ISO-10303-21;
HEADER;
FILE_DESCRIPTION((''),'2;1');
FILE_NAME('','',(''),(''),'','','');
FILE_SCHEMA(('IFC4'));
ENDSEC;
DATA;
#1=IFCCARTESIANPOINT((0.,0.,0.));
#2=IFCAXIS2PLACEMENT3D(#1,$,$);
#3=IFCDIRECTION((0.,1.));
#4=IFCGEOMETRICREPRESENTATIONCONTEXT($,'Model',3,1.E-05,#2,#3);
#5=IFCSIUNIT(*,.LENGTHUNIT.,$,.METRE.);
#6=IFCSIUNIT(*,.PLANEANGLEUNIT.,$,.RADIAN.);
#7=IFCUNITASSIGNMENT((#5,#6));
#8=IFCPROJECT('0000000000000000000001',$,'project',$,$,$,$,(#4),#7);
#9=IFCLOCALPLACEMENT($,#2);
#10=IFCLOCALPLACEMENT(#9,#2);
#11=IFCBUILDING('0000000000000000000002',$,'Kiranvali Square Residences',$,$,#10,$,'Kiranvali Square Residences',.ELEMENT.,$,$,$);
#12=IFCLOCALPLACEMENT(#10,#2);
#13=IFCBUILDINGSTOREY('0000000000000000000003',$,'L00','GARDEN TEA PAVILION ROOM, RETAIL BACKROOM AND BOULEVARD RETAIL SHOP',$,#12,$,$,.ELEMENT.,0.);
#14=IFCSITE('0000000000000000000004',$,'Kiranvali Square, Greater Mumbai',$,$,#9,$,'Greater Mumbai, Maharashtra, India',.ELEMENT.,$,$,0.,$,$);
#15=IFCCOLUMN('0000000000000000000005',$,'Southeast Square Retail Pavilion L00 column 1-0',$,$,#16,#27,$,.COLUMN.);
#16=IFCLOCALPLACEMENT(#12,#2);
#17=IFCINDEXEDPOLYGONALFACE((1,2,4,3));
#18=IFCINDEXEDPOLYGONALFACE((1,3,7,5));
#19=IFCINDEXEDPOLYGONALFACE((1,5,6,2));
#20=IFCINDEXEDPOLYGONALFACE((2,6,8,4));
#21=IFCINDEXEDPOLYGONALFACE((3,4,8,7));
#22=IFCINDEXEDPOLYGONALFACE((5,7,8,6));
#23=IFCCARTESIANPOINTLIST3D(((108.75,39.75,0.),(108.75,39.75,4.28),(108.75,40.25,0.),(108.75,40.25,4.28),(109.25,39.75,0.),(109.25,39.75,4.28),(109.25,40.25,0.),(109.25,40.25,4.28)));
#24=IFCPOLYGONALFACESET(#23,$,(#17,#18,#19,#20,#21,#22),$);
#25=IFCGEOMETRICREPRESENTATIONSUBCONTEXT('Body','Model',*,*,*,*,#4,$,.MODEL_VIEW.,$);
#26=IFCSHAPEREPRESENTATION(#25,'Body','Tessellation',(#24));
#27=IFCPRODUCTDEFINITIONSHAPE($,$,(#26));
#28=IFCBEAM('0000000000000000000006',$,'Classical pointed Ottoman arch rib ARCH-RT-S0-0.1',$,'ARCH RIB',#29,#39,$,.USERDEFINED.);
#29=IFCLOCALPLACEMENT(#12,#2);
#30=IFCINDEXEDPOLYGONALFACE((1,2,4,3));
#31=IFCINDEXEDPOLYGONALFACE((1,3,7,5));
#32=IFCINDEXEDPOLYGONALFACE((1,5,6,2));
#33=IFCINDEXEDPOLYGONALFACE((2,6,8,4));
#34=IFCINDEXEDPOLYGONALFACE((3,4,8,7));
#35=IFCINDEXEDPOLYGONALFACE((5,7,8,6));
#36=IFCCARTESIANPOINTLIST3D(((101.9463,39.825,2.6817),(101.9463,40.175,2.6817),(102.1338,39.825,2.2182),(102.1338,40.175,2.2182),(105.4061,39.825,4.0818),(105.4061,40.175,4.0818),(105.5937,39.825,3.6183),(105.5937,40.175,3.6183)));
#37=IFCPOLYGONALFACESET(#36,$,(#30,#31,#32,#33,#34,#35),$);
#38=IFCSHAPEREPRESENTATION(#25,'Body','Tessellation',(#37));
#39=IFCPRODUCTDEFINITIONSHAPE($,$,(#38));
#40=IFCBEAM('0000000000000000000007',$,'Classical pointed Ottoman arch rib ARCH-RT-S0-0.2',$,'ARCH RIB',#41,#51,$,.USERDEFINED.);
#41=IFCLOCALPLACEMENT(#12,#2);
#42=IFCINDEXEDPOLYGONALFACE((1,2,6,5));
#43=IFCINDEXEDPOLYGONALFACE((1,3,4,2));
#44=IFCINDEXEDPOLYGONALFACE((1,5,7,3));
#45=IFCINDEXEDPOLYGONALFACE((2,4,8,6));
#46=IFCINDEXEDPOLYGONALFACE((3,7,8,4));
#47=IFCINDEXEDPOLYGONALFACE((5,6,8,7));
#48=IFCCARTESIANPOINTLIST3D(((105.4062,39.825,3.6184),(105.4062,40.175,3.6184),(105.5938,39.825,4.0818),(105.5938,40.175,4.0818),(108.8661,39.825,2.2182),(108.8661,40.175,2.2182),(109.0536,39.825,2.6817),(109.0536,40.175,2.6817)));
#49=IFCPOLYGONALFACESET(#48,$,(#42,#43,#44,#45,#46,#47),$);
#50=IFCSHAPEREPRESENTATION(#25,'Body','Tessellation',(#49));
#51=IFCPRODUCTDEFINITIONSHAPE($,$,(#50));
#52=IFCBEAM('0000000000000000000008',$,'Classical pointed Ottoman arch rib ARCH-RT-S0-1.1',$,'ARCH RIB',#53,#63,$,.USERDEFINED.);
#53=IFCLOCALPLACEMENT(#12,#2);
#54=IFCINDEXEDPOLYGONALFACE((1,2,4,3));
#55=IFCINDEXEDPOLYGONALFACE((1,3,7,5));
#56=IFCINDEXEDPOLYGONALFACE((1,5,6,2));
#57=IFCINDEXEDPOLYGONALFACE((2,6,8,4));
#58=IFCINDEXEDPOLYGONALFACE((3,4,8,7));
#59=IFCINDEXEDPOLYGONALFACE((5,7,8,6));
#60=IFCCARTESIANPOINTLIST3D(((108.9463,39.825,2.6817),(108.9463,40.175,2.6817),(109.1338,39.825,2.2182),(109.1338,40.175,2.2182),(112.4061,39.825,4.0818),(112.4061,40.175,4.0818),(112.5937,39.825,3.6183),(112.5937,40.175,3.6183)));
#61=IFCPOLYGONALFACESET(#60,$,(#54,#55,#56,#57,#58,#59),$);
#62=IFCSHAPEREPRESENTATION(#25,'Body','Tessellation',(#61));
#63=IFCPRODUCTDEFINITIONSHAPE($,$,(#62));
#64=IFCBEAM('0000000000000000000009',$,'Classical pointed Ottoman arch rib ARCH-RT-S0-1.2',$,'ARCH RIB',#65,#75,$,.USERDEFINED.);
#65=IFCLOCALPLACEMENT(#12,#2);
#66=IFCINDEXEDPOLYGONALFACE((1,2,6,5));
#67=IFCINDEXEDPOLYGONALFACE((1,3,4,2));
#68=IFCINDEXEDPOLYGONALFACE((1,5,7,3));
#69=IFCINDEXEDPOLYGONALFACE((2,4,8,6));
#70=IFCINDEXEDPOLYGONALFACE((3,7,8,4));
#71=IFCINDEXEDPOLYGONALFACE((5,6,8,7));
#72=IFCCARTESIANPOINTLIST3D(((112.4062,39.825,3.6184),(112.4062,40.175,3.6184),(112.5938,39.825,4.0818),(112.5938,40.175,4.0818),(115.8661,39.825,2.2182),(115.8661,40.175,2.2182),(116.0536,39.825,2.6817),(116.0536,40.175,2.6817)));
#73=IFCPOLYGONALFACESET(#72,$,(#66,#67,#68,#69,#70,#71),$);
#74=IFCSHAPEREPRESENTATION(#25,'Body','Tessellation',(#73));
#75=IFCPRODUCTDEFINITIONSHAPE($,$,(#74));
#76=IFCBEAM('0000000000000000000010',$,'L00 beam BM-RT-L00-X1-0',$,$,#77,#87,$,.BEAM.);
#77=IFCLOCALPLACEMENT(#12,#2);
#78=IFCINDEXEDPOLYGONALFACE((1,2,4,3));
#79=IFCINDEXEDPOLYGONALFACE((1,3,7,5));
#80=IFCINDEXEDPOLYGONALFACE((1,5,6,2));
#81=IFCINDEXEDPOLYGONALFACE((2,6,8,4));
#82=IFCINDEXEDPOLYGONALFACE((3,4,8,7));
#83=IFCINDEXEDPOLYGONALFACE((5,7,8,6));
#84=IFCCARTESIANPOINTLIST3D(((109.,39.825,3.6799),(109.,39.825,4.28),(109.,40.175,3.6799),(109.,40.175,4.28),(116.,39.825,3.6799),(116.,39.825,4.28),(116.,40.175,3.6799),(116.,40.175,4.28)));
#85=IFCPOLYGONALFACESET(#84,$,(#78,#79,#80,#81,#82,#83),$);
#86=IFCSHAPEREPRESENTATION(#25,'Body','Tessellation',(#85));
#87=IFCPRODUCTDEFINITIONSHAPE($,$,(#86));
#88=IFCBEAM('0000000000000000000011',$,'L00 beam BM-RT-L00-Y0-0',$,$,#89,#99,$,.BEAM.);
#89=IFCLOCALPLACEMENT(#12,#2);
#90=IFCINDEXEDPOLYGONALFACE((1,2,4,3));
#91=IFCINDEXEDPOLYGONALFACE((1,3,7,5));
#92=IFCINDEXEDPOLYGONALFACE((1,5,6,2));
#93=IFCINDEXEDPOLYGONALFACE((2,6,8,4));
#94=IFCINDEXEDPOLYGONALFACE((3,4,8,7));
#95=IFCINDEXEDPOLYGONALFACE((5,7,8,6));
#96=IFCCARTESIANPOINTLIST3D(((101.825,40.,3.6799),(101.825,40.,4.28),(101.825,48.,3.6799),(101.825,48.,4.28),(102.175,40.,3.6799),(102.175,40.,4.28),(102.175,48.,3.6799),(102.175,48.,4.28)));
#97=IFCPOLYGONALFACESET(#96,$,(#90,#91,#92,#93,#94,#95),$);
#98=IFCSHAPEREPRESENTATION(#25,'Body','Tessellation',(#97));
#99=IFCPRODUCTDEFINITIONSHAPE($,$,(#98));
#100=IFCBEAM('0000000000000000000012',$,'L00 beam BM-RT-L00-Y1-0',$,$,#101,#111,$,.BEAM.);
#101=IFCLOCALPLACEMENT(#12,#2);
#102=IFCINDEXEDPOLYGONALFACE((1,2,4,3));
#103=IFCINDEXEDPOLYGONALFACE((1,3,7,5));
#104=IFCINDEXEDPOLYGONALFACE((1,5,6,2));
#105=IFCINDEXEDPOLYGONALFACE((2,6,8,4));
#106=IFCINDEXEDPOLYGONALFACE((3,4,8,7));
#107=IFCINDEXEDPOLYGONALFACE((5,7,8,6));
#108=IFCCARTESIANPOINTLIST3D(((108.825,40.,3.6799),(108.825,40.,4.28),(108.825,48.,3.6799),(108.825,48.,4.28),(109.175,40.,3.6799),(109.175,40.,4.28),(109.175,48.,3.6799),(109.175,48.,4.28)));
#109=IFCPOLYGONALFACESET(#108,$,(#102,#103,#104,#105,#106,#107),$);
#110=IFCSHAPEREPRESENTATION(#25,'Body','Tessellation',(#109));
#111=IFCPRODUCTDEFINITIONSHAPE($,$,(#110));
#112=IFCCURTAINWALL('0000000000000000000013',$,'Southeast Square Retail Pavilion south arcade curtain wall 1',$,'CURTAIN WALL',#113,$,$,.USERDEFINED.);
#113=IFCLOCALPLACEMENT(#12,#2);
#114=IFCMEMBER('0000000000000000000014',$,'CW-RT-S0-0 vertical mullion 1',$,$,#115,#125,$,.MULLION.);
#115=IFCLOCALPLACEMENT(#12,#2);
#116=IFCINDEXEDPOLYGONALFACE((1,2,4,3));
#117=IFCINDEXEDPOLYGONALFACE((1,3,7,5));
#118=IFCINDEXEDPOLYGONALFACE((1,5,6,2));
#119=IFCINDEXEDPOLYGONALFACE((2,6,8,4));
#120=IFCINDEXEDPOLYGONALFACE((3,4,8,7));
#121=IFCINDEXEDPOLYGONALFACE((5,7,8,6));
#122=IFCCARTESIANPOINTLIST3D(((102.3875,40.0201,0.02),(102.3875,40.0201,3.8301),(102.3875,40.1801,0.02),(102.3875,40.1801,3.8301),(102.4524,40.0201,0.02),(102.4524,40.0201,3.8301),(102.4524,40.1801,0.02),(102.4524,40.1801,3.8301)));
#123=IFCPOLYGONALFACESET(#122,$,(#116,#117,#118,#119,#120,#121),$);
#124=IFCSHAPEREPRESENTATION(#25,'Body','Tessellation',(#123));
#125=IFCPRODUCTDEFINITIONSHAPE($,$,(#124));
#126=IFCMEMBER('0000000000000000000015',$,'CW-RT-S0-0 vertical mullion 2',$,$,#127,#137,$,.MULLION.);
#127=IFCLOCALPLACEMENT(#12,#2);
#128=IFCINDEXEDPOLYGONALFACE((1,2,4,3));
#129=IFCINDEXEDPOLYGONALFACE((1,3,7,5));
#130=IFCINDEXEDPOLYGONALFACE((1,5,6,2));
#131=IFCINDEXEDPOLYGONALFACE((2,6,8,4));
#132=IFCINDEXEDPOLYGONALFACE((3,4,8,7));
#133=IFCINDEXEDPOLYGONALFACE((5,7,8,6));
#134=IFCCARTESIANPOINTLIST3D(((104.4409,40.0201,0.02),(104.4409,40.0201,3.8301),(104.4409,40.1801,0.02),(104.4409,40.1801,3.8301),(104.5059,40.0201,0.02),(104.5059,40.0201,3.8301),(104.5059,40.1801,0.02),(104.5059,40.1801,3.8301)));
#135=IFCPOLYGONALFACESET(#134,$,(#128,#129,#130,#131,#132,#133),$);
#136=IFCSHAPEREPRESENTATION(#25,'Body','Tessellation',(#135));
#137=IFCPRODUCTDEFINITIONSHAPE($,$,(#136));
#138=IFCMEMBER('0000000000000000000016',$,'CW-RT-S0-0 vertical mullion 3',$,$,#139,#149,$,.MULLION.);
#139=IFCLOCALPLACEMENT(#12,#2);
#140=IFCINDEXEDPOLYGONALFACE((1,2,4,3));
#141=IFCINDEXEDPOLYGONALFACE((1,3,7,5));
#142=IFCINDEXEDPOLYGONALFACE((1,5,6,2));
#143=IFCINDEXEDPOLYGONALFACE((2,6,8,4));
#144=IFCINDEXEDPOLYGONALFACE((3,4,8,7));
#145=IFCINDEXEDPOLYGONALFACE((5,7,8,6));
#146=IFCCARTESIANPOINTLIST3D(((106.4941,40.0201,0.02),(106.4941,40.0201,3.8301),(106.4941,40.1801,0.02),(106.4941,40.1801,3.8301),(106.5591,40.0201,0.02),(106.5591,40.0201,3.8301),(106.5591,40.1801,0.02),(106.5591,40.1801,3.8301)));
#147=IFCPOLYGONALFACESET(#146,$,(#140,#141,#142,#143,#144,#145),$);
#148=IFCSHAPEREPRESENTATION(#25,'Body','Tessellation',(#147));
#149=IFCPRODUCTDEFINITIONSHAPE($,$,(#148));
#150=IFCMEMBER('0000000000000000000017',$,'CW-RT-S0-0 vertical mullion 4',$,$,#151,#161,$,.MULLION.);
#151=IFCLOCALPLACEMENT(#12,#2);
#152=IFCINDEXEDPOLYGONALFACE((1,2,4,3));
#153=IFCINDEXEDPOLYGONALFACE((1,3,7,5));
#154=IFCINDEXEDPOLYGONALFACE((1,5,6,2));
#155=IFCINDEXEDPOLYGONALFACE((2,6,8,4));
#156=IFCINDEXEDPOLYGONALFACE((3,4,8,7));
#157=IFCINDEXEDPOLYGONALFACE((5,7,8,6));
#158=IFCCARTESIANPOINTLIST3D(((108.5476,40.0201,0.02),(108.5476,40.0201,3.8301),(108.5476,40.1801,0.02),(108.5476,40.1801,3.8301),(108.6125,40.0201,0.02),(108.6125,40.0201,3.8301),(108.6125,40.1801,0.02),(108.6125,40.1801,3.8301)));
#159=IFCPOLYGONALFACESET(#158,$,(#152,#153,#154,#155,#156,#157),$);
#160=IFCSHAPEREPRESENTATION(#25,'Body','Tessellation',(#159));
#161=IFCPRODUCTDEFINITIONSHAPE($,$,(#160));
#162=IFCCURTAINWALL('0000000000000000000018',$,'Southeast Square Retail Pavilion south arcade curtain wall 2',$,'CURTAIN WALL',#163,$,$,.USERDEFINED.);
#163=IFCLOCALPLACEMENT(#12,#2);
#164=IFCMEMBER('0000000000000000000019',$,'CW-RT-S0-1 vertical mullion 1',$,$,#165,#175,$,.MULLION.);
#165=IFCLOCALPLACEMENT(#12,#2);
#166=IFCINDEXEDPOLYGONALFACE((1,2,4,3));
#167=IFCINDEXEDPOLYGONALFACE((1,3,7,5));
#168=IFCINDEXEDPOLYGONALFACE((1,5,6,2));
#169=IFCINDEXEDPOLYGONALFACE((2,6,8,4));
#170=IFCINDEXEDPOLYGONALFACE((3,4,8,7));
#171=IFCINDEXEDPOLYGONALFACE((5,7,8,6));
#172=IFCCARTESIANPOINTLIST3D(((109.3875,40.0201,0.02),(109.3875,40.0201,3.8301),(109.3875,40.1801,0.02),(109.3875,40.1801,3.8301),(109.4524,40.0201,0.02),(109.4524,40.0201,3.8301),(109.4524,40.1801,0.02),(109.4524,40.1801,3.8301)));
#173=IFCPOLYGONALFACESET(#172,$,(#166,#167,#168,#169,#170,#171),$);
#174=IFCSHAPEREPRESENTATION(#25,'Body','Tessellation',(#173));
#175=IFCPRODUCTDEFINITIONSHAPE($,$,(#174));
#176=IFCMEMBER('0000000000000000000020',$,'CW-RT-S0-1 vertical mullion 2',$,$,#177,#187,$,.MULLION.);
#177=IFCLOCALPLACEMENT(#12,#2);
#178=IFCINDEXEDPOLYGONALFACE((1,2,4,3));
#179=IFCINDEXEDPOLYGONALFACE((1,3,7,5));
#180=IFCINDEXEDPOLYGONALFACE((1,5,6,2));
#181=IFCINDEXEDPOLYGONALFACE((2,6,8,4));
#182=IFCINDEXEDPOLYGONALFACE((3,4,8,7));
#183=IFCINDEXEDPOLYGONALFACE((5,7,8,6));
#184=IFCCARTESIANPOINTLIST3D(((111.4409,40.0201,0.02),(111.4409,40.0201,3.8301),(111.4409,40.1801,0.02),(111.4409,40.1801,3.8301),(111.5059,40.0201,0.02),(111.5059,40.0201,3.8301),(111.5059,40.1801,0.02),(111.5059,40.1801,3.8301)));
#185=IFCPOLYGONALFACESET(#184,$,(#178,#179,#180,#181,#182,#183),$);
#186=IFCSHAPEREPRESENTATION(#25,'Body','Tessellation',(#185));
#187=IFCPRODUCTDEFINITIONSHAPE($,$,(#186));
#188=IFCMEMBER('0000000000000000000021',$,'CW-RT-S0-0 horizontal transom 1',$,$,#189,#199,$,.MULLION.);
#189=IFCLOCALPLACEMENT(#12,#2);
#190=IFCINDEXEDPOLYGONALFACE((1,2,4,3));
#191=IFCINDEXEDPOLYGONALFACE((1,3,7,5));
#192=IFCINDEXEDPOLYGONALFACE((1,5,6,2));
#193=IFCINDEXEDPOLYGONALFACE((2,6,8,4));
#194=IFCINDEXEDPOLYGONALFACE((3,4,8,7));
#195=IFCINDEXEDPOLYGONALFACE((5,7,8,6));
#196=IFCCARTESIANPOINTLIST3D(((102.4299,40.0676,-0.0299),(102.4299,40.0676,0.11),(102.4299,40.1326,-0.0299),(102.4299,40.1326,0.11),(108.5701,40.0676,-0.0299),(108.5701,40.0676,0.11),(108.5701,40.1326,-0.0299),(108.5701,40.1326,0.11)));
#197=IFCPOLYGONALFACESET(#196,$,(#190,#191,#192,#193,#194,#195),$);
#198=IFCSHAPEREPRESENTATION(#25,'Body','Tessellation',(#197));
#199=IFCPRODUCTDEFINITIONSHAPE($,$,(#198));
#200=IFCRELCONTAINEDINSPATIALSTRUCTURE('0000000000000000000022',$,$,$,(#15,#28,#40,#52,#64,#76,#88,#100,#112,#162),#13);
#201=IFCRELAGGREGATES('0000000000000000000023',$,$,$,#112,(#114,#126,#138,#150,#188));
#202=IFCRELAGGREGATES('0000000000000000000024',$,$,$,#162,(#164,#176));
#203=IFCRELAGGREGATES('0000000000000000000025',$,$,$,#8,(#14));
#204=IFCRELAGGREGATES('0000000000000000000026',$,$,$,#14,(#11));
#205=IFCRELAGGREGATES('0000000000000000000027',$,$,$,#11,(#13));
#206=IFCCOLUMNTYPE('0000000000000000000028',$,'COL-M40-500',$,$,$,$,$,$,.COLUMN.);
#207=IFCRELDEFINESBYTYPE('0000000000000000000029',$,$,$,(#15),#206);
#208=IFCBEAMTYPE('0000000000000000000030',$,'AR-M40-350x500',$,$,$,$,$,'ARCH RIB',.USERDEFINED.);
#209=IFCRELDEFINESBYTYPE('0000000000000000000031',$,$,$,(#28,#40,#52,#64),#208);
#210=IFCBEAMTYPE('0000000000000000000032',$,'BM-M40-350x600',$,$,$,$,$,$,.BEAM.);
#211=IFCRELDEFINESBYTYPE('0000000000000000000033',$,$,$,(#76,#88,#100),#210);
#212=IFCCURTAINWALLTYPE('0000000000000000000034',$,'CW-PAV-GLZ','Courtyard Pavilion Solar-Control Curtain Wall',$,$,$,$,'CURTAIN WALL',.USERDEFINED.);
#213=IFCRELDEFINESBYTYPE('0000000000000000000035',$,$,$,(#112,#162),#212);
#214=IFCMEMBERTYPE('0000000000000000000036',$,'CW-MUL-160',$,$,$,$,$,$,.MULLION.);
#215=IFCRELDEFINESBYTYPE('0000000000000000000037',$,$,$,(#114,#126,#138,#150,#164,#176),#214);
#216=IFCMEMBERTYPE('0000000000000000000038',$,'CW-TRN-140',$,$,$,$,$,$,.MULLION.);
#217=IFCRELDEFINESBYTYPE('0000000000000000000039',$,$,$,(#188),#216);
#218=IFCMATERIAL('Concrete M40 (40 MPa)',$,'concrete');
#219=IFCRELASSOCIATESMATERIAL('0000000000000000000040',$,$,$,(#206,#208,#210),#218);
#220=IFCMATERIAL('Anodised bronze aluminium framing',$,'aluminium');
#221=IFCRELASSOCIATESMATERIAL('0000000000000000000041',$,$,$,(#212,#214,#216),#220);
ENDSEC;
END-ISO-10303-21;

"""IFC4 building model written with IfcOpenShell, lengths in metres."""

from ifc_helpers import new_model, si_unit, direction, frame, origin, origin_2d, place, context, subcontext, project, spatial, rectangle, extrude, material, material_profile, profile_set, type_object, element, aggregate, save


model = new_model("IFC4")

# Units and contexts
model_context = context("Model", 3, precision=1e-05, world=origin(), true_north=direction((0.0, 1.0)))
body_context = subcontext(model_context, "Body", "Model", "MODEL_VIEW")
ifc_project = project(units=[si_unit("LENGTHUNIT", "METRE"), si_unit("PLANEANGLEUNIT", "RADIAN")], contexts=[model_context])

# Site, building, storey
site_placement = place(None, origin())
site = spatial("IfcSite", under=ifc_project, at=site_placement, Name="Kiranvali Square, Greater Mumbai", LongName="Greater Mumbai, Maharashtra, India", CompositionType="ELEMENT", RefElevation=0.0)
building_placement = place(site_placement, origin())
building = spatial("IfcBuilding", under=site, at=building_placement, Name="Kiranvali Square Residences", LongName="Kiranvali Square Residences", CompositionType="ELEMENT")
storey_placement = place(building_placement, origin())
storey = spatial("IfcBuildingStorey", under=building, at=storey_placement, Name="L00", Description="GARDEN TEA PAVILION ROOM, RETAIL BACKROOM AND BOULEVARD RETAIL SHOP", CompositionType="ELEMENT", Elevation=0.0)

# Column
ifc_material_1 = material(Name="Concrete M40 (40 MPa)", Category="concrete")
ifc_material_profile_1 = material_profile(ifc_material_1, rectangle(XDim=0.5, YDim=0.5, at=origin_2d()), Name="RC 500x500")
ifc_profile_set_1 = profile_set([ifc_material_profile_1], Name="Concrete M40 (40 MPa)")
column_type = type_object("IfcColumnType", Name="COL-M40-500", PredefinedType="COLUMN", material=ifc_profile_set_1)
column_placement = place(storey_placement, frame((109.0, 40.0, 0.0), z_axis=(0.0, 0.0, 1.0), x_axis=(1.0, 0.0, 0.0)))
element("IfcColumn", 1, at=column_placement, inside=storey, type_object=column_type, Name="Southeast Square Retail Pavilion L00 column 1-0", PredefinedType="COLUMN", context=body_context, shape_type="SweptSolid", body=[
    extrude(rectangle(XDim=0.5, YDim=0.5, at=origin_2d()), origin(), (0.0, 0.0, 1.0), 4.28),
])

# Beams
ifc_material_profile_2 = material_profile(ifc_material_1, rectangle(XDim=0.3501, YDim=0.5, at=origin_2d()), Name="RC 350x500")
ifc_profile_set_2 = profile_set([ifc_material_profile_2], Name="Concrete M40 (40 MPa)")
beam_type_1 = type_object("IfcBeamType", Name="AR-M40-350x500", ElementType="ARCH RIB", PredefinedType="USERDEFINED", material=ifc_profile_set_2)
for number, where, z_axis, x_axis, name in (
    (2, (102.04, 40.0, 2.45), (0.926976, 0.0, 0.37512), (0.0, 1.0, 0.0), "Classical pointed Ottoman arch rib ARCH-RT-S0-0.1"),
    (3, (105.5, 40.0, 3.8501), (0.926976, 0.0, -0.37512), (0.0, 1.0, 0.0), "Classical pointed Ottoman arch rib ARCH-RT-S0-0.2"),
    (4, (109.04, 40.0, 2.45), (0.926976, 0.0, 0.37512), (0.0, 1.0, 0.0), "Classical pointed Ottoman arch rib ARCH-RT-S0-1.1"),
    (5, (112.5, 40.0, 3.8501), (0.926976, 0.0, -0.37512), (0.0, 1.0, 0.0), "Classical pointed Ottoman arch rib ARCH-RT-S0-1.2"),
):
    element("IfcBeam", number, at=place(storey_placement, frame(where, z_axis=z_axis, x_axis=x_axis)), inside=storey, type_object=beam_type_1, Name=name, ObjectType="ARCH RIB", PredefinedType="USERDEFINED", context=body_context, shape_type="SweptSolid", body=[
        extrude(rectangle(XDim=0.3501, YDim=0.5, at=origin_2d()), origin(), (0.0, 0.0, 1.0), 3.7324),
    ])
ifc_material_profile_3 = material_profile(ifc_material_1, rectangle(XDim=0.3501, YDim=0.6001, at=origin_2d()), Name="RC 350x600")
ifc_profile_set_3 = profile_set([ifc_material_profile_3], Name="Concrete M40 (40 MPa)")
beam_type_2 = type_object("IfcBeamType", Name="BM-M40-350x600", PredefinedType="BEAM", material=ifc_profile_set_3)
beam_placement = place(storey_placement, frame((109.0, 40.0, 3.98), z_axis=(1.0, 0.0, 0.0), x_axis=(0.0, 1.0, 0.0)))
element("IfcBeam", 6, at=beam_placement, inside=storey, type_object=beam_type_2, Name="L00 beam BM-RT-L00-X1-0", PredefinedType="BEAM", context=body_context, shape_type="SweptSolid", body=[
    extrude(rectangle(XDim=0.3501, YDim=0.6001, at=origin_2d()), origin(), (0.0, 0.0, 1.0), 7.0),
])
for number, where, z_axis, x_axis, name in (
    (7, (102.0, 40.0, 3.98), (0.0, 1.0, 0.0), (-1.0, 0.0, 0.0), "L00 beam BM-RT-L00-Y0-0"),
    (8, (109.0, 40.0, 3.98), (0.0, 1.0, 0.0), (-1.0, 0.0, 0.0), "L00 beam BM-RT-L00-Y1-0"),
):
    element("IfcBeam", number, at=place(storey_placement, frame(where, z_axis=z_axis, x_axis=x_axis)), inside=storey, type_object=beam_type_2, Name=name, PredefinedType="BEAM", context=body_context, shape_type="SweptSolid", body=[
        extrude(rectangle(XDim=0.3501, YDim=0.6001, at=origin_2d()), origin(), (0.0, 0.0, 1.0), 8.0),
    ])

# Curtain walls, members
ifc_material_2 = material(Name="Anodised bronze aluminium framing", Category="aluminium")
curtain_wall_type = type_object("IfcCurtainWallType", Name="CW-PAV-GLZ", Description="Courtyard Pavilion Solar-Control Curtain Wall", ElementType="CURTAIN WALL", PredefinedType="USERDEFINED", material=ifc_material_2)
curtain_wall_1_placement = place(storey_placement, origin())
curtain_wall_1 = element("IfcCurtainWall", 9, at=curtain_wall_1_placement, inside=storey, type_object=curtain_wall_type, Name="Southeast Square Retail Pavilion south arcade curtain wall 1", ObjectType="CURTAIN WALL", PredefinedType="USERDEFINED")
ifc_material_profile_4 = material_profile(ifc_material_2, rectangle(XDim=0.0649, YDim=0.1599, at=origin_2d()), Name="ALU 65x160")
ifc_profile_set_4 = profile_set([ifc_material_profile_4], Name="Anodised bronze aluminium framing")
member_type_1 = type_object("IfcMemberType", Name="CW-MUL-160", PredefinedType="MULLION", material=ifc_profile_set_4)
member_1_placement = place(storey_placement, frame((102.4199, 40.1001, 0.02), z_axis=(0.0, 0.0, 1.0), x_axis=(1.0, 0.0, 0.0)))
member_1 = element("IfcMember", 10, at=member_1_placement, type_object=member_type_1, Name="CW-RT-S0-0 vertical mullion 1", PredefinedType="MULLION", context=body_context, shape_type="SweptSolid", body=[
    extrude(rectangle(XDim=0.0649, YDim=0.1599, at=origin_2d()), origin(), (0.0, 0.0, 1.0), 3.8101),
])
member_2_placement = place(storey_placement, frame((104.4734, 40.1001, 0.02), z_axis=(0.0, 0.0, 1.0), x_axis=(1.0, 0.0, 0.0)))
member_2 = element("IfcMember", 11, at=member_2_placement, type_object=member_type_1, Name="CW-RT-S0-0 vertical mullion 2", PredefinedType="MULLION", context=body_context, shape_type="SweptSolid", body=[
    extrude(rectangle(XDim=0.0649, YDim=0.1599, at=origin_2d()), origin(), (0.0, 0.0, 1.0), 3.8101),
])
member_3_placement = place(storey_placement, frame((106.5266, 40.1001, 0.02), z_axis=(0.0, 0.0, 1.0), x_axis=(1.0, 0.0, 0.0)))
member_3 = element("IfcMember", 12, at=member_3_placement, type_object=member_type_1, Name="CW-RT-S0-0 vertical mullion 3", PredefinedType="MULLION", context=body_context, shape_type="SweptSolid", body=[
    extrude(rectangle(XDim=0.0649, YDim=0.1599, at=origin_2d()), origin(), (0.0, 0.0, 1.0), 3.8101),
])
member_4_placement = place(storey_placement, frame((108.5801, 40.1001, 0.02), z_axis=(0.0, 0.0, 1.0), x_axis=(1.0, 0.0, 0.0)))
member_4 = element("IfcMember", 13, at=member_4_placement, type_object=member_type_1, Name="CW-RT-S0-0 vertical mullion 4", PredefinedType="MULLION", context=body_context, shape_type="SweptSolid", body=[
    extrude(rectangle(XDim=0.0649, YDim=0.1599, at=origin_2d()), origin(), (0.0, 0.0, 1.0), 3.8101),
])
curtain_wall_2_placement = place(storey_placement, origin())
curtain_wall_2 = element("IfcCurtainWall", 14, at=curtain_wall_2_placement, inside=storey, type_object=curtain_wall_type, Name="Southeast Square Retail Pavilion south arcade curtain wall 2", ObjectType="CURTAIN WALL", PredefinedType="USERDEFINED")
member_5_placement = place(storey_placement, frame((109.4199, 40.1001, 0.02), z_axis=(0.0, 0.0, 1.0), x_axis=(1.0, 0.0, 0.0)))
member_5 = element("IfcMember", 15, at=member_5_placement, type_object=member_type_1, Name="CW-RT-S0-1 vertical mullion 1", PredefinedType="MULLION", context=body_context, shape_type="SweptSolid", body=[
    extrude(rectangle(XDim=0.0649, YDim=0.1599, at=origin_2d()), origin(), (0.0, 0.0, 1.0), 3.8101),
])
member_6_placement = place(storey_placement, frame((111.4734, 40.1001, 0.02), z_axis=(0.0, 0.0, 1.0), x_axis=(1.0, 0.0, 0.0)))
member_6 = element("IfcMember", 16, at=member_6_placement, type_object=member_type_1, Name="CW-RT-S0-1 vertical mullion 2", PredefinedType="MULLION", context=body_context, shape_type="SweptSolid", body=[
    extrude(rectangle(XDim=0.0649, YDim=0.1599, at=origin_2d()), origin(), (0.0, 0.0, 1.0), 3.8101),
])

# Member
ifc_material_profile_5 = material_profile(ifc_material_2, rectangle(XDim=0.0649, YDim=0.1399, at=origin_2d()), Name="ALU 65x140")
ifc_profile_set_5 = profile_set([ifc_material_profile_5], Name="Anodised bronze aluminium framing")
member_type_2 = type_object("IfcMemberType", Name="CW-TRN-140", PredefinedType="MULLION", material=ifc_profile_set_5)
member_7_placement = place(storey_placement, frame((102.4299, 40.1001, 0.04), z_axis=(1.0, 0.0, 0.0), x_axis=(0.0, 1.0, 0.0)))
member_7 = element("IfcMember", 17, at=member_7_placement, type_object=member_type_2, Name="CW-RT-S0-0 horizontal transom 1", PredefinedType="MULLION", context=body_context, shape_type="SweptSolid", body=[
    extrude(rectangle(XDim=0.0649, YDim=0.1399, at=origin_2d()), origin(), (0.0, 0.0, 1.0), 6.1401),
])

aggregate(curtain_wall_1, [member_1, member_2, member_3, member_4, member_7])
aggregate(curtain_wall_2, [member_5, member_6])

save(model, "model.ifc")
